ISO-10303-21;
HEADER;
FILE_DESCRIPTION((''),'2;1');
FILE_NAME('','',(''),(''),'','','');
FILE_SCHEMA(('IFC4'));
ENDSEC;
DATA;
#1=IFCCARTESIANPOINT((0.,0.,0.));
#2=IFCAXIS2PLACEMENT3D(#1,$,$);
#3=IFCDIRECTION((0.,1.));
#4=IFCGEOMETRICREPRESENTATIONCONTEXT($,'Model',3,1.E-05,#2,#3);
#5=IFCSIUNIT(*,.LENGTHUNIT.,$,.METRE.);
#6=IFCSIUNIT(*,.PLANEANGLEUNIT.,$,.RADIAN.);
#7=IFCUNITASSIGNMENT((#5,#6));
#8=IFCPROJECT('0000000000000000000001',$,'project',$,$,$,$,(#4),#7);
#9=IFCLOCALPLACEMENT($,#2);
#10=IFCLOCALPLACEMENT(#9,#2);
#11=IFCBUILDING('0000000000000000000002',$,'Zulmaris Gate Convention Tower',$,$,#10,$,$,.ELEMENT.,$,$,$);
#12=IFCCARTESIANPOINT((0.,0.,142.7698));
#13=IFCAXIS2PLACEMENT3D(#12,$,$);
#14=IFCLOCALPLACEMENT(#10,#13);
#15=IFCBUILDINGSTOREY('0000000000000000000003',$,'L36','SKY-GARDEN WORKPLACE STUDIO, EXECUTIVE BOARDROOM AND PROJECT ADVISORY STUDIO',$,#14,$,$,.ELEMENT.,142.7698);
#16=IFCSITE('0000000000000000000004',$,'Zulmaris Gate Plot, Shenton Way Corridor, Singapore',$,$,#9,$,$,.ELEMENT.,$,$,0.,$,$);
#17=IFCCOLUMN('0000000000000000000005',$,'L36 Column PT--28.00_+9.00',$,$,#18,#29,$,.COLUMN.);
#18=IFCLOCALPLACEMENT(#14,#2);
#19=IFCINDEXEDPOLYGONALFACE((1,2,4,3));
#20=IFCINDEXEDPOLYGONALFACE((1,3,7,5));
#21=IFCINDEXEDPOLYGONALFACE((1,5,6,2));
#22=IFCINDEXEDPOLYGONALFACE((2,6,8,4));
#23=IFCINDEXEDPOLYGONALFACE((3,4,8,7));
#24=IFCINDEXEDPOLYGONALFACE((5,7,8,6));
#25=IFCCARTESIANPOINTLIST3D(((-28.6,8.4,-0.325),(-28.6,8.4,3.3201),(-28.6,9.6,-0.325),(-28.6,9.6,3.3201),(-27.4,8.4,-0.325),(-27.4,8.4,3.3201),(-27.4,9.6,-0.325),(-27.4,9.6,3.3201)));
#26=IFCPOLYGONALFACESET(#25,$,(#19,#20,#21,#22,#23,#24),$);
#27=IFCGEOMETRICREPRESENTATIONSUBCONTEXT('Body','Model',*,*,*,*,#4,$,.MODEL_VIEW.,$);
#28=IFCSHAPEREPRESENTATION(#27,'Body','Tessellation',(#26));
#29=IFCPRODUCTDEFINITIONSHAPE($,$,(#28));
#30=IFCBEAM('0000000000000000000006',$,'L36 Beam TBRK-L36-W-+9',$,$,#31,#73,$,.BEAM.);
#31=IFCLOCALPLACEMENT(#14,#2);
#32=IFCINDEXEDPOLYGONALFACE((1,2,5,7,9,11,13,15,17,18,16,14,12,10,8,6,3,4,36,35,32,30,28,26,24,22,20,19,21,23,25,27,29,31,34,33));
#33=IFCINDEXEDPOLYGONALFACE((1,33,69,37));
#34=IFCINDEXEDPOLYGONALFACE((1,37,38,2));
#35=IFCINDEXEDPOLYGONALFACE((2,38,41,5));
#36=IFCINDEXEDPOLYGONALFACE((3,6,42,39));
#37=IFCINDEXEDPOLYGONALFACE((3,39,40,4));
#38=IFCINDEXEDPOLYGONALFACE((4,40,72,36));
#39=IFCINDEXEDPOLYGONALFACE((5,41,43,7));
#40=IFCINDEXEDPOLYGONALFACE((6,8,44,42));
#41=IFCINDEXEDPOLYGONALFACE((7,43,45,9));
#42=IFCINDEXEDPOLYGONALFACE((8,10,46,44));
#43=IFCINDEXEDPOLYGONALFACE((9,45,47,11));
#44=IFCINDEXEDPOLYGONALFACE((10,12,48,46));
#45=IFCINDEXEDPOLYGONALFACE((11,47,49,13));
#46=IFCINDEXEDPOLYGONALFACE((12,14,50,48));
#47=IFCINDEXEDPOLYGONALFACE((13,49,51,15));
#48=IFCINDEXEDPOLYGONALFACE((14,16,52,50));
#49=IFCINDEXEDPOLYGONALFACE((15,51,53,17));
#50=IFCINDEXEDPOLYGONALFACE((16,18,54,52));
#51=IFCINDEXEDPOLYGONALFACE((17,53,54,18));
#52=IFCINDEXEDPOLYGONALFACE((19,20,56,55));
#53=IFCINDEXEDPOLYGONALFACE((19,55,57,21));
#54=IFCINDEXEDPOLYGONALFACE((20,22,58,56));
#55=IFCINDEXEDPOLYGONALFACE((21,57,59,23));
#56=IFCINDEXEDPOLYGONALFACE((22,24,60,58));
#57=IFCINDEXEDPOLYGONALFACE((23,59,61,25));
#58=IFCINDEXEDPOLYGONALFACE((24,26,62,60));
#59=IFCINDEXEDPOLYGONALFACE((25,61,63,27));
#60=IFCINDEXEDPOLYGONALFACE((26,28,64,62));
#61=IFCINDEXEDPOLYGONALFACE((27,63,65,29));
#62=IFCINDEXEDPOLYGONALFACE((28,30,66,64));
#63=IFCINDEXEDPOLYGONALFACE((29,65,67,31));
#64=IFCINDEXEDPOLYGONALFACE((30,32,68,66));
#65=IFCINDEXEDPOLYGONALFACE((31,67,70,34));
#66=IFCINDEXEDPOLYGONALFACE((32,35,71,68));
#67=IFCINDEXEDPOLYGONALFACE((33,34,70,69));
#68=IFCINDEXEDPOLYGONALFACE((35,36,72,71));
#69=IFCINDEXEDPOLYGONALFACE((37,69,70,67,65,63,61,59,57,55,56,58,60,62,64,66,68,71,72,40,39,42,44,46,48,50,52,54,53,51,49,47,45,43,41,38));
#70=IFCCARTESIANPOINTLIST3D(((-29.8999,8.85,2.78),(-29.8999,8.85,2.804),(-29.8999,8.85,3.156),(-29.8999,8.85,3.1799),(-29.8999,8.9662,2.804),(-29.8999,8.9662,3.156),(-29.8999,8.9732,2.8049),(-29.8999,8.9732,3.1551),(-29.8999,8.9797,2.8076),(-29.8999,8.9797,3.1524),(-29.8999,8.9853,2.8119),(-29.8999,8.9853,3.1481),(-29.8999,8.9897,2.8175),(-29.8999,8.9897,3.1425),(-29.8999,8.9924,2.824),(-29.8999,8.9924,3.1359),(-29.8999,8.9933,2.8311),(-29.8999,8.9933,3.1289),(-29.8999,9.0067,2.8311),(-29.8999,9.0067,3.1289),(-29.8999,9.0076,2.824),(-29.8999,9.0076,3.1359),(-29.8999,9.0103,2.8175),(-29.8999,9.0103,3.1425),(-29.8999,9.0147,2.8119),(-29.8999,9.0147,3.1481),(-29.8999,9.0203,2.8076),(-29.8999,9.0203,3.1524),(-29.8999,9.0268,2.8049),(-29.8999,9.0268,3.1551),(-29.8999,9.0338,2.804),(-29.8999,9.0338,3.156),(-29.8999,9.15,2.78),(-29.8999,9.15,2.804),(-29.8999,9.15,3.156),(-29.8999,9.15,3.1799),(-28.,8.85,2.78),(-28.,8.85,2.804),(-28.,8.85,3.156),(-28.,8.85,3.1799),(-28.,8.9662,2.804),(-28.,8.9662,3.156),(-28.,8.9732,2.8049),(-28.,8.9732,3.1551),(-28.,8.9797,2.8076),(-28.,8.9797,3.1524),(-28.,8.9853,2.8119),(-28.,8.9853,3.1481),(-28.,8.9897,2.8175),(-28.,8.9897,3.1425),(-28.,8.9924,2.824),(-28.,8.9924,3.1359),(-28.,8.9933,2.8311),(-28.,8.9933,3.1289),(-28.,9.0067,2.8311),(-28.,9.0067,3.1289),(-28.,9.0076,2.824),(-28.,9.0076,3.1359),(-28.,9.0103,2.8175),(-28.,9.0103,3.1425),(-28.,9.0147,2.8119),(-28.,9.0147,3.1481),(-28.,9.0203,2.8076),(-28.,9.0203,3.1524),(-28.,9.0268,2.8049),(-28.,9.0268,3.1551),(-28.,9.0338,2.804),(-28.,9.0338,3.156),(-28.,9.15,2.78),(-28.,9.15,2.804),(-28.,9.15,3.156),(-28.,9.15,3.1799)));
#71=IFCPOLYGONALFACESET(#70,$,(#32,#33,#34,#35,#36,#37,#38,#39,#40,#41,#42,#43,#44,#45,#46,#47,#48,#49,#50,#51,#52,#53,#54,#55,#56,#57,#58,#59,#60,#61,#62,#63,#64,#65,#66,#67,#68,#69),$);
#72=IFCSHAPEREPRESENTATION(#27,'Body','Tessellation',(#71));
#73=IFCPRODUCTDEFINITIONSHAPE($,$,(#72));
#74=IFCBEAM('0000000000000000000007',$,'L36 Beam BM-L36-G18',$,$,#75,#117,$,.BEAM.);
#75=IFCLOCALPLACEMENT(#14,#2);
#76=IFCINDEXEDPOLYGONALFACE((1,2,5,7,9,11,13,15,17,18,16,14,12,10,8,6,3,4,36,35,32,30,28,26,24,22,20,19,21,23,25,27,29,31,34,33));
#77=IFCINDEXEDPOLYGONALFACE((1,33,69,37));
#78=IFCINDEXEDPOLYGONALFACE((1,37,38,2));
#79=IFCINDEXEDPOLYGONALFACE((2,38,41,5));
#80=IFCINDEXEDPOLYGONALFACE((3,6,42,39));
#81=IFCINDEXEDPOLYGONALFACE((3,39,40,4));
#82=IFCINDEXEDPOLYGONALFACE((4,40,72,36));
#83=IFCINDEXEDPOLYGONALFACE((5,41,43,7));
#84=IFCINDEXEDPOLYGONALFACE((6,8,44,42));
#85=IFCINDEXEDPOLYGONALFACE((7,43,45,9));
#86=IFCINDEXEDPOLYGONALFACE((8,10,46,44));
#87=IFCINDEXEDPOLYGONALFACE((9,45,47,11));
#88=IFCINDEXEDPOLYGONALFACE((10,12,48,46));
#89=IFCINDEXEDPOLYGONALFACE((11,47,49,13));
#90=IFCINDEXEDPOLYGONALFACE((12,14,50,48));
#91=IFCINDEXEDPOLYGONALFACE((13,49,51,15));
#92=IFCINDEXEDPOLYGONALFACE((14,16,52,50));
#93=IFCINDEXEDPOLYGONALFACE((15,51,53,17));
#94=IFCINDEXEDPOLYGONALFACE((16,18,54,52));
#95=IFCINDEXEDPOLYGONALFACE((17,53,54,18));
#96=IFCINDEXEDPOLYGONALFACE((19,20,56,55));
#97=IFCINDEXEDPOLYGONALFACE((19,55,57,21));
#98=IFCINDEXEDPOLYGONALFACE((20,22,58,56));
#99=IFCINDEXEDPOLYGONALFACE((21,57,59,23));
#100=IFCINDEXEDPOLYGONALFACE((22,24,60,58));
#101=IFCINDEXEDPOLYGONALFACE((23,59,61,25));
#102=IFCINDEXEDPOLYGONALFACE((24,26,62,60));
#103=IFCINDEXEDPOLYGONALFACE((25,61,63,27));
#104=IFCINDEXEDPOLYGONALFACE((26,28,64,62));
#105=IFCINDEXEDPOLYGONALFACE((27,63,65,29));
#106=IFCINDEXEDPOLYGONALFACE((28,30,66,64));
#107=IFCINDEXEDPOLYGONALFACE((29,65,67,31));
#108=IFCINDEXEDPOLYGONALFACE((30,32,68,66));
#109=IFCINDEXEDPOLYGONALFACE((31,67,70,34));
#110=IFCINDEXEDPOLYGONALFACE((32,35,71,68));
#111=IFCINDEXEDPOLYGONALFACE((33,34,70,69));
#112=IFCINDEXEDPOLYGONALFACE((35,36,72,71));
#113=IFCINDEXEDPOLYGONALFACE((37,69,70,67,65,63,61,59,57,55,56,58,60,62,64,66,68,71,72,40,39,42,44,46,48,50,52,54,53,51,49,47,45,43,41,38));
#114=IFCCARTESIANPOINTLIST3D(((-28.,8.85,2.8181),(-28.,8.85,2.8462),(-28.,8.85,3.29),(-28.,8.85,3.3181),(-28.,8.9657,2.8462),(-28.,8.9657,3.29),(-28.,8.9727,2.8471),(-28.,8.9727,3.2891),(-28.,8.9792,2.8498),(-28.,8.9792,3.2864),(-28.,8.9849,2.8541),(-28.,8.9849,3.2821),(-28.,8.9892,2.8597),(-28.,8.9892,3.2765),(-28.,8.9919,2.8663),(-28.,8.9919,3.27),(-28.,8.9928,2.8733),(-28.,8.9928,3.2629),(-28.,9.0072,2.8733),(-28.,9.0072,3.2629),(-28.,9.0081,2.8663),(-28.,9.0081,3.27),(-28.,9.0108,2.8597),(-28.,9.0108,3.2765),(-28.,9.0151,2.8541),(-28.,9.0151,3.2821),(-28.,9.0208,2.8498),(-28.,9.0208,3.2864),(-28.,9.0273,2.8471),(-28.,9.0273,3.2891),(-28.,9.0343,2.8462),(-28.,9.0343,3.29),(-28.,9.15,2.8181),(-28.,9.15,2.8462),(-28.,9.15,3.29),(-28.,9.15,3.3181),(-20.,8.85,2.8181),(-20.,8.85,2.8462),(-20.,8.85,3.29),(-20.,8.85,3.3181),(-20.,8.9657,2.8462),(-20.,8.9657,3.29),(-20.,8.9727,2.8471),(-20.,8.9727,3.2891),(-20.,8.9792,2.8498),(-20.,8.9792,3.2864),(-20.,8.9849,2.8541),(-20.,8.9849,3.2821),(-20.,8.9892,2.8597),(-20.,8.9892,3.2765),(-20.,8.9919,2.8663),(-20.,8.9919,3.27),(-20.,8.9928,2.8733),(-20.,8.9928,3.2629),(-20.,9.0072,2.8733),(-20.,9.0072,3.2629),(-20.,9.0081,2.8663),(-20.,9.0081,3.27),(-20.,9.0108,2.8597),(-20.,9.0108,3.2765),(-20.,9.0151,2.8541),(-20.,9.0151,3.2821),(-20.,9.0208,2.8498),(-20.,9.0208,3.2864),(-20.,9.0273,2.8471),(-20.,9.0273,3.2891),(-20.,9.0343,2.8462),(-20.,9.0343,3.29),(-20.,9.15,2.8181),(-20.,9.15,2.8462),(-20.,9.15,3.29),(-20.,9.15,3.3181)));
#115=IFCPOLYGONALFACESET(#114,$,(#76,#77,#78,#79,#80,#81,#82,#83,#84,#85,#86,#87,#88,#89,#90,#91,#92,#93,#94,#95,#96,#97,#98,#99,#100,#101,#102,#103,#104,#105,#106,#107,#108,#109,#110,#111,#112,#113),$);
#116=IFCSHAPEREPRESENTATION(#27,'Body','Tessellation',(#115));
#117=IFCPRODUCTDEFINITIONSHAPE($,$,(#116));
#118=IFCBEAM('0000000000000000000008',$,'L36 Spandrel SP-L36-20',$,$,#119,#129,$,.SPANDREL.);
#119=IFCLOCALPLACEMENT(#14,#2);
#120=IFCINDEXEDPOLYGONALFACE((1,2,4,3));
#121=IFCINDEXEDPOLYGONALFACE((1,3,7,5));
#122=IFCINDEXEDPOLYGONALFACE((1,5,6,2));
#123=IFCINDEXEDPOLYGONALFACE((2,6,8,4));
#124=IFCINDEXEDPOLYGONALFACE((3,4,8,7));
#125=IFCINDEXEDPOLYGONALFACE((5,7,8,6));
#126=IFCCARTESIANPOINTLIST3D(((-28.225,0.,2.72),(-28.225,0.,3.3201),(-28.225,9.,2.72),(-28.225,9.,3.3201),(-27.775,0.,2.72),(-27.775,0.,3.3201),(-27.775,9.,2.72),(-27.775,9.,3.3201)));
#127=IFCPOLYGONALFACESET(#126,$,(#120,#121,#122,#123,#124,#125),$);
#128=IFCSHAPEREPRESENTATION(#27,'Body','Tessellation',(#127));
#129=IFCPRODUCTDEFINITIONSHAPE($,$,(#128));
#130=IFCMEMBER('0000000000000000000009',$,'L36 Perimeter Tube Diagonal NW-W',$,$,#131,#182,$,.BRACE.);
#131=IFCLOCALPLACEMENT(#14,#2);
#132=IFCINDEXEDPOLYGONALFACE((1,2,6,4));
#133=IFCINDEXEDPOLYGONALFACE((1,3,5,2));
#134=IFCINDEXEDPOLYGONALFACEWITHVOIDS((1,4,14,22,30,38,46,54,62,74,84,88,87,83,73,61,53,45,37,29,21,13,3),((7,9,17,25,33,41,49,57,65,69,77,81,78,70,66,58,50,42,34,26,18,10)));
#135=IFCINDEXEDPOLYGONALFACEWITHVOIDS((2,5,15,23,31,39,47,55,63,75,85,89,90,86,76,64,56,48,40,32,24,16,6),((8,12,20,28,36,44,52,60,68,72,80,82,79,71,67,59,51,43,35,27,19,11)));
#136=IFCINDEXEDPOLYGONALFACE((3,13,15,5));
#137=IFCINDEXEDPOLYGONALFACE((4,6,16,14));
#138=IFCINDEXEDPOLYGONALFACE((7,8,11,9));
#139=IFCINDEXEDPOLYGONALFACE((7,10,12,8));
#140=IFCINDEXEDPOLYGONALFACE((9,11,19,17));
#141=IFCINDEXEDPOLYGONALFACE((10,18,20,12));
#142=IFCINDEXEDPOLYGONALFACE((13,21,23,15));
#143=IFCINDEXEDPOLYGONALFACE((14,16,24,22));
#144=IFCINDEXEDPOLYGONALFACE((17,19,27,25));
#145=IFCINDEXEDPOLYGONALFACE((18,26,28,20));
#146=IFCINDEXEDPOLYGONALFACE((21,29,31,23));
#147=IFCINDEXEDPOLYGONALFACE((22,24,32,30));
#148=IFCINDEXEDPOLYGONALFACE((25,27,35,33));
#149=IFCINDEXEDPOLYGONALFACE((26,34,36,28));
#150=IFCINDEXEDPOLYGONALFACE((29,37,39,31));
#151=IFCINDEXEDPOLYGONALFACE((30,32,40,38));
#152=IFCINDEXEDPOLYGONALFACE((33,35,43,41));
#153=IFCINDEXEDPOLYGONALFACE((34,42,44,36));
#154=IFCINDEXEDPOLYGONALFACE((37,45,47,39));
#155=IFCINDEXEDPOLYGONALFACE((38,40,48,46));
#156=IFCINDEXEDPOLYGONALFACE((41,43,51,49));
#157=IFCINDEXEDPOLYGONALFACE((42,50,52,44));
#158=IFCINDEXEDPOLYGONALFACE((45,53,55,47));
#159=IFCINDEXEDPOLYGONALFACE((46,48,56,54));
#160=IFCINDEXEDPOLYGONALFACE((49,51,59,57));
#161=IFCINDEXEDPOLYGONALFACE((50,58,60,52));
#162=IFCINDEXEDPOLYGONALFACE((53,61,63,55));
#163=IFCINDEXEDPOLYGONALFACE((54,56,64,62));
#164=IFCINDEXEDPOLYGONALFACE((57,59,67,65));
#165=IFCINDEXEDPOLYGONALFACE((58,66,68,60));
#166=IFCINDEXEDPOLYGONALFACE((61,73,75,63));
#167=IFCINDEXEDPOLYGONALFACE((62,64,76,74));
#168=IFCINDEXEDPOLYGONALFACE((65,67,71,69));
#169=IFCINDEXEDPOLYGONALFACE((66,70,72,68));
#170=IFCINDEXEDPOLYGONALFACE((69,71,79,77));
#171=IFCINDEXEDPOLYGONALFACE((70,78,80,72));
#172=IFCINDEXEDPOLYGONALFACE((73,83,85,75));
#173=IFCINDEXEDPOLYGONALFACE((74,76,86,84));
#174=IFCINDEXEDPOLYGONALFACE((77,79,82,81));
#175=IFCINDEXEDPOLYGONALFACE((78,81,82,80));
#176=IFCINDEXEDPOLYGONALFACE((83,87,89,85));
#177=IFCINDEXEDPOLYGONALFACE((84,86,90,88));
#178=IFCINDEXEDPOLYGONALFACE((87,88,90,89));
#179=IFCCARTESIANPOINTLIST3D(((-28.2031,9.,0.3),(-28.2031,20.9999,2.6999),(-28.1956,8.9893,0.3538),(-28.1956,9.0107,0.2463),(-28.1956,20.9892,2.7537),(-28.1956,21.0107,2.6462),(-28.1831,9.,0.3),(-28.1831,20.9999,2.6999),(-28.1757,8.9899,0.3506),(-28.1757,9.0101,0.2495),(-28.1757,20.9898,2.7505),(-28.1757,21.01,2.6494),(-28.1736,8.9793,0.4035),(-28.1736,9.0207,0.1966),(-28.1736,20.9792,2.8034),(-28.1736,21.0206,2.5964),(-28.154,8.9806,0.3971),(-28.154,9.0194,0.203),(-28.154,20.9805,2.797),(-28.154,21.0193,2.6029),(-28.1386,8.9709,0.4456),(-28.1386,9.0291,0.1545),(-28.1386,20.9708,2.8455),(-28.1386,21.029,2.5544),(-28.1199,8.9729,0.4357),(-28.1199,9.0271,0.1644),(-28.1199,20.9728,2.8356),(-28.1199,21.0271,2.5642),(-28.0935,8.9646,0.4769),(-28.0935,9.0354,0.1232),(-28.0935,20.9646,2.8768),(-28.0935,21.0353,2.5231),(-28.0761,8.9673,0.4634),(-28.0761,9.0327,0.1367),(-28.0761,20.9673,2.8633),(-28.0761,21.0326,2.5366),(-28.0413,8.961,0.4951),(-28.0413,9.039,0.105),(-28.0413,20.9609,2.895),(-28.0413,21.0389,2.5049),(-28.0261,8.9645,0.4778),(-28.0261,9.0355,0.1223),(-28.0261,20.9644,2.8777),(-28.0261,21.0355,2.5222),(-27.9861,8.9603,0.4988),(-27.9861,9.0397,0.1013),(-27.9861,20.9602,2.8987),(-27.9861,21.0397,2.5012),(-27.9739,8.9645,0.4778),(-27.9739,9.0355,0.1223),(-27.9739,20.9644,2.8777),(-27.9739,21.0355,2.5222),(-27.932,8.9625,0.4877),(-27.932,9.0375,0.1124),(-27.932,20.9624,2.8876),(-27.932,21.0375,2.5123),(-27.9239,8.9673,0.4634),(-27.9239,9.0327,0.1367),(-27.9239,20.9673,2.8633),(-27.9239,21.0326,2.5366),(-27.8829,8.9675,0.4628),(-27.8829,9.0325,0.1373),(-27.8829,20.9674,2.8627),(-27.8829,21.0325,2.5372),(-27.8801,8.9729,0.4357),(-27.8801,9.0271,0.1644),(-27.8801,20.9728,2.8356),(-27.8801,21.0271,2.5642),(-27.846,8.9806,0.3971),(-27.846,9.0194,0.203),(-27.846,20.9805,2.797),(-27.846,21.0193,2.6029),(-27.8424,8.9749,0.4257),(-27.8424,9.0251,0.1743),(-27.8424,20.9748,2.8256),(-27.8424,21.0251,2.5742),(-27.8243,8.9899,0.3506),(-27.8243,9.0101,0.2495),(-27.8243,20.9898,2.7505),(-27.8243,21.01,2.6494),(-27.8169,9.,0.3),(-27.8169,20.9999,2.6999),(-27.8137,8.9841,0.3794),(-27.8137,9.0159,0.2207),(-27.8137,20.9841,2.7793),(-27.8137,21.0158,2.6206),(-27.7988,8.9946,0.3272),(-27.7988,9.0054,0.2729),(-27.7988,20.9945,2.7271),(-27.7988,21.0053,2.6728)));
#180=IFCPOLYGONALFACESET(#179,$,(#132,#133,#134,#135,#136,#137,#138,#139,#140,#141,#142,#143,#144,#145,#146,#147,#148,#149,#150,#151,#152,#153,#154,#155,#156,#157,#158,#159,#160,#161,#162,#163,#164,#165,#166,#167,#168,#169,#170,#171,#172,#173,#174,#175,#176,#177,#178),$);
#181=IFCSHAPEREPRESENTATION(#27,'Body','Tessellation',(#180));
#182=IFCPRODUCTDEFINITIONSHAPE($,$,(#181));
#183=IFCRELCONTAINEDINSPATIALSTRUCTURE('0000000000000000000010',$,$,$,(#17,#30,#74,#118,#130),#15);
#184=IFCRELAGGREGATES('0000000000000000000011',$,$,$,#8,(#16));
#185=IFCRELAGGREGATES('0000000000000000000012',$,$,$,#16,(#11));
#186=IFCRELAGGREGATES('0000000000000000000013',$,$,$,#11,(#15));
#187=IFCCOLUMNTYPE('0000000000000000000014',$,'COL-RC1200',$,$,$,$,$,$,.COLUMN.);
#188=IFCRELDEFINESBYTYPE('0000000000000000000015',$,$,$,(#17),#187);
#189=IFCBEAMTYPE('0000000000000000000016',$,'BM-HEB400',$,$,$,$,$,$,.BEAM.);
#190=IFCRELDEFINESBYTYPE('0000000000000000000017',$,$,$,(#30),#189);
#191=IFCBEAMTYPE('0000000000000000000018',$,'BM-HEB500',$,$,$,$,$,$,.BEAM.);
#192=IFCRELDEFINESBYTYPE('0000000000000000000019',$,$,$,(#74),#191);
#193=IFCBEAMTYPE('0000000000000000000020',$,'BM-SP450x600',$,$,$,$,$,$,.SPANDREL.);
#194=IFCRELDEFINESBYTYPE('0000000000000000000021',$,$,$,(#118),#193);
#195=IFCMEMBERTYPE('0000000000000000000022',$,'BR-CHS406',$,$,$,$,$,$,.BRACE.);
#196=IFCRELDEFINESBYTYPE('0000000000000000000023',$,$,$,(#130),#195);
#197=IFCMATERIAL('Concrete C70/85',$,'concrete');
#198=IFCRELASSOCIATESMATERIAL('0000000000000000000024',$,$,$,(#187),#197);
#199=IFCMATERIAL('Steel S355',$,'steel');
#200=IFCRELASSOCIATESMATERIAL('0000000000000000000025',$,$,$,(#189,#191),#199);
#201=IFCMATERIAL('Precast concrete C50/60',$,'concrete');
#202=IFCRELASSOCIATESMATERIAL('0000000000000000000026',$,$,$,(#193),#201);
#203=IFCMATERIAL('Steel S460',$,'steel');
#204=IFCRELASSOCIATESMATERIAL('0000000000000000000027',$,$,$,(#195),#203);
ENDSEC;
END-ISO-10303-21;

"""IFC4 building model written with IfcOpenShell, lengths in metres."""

from ifc_helpers import new_model, si_unit, direction, frame, origin, origin_2d, place, context, subcontext, project, spatial, rectangle, hollow_circle, i_section, extrude, material, material_profile, profile_set, type_object, element, save


model = new_model("IFC4")

# Units and contexts
model_context = context("Model", 3, precision=1e-05, world=origin(), true_north=direction((0.0, 1.0)))
body_context = subcontext(model_context, "Body", "Model", "MODEL_VIEW")
ifc_project = project(units=[si_unit("LENGTHUNIT", "METRE"), si_unit("PLANEANGLEUNIT", "RADIAN")], contexts=[model_context])

# Site, building, storey
site_placement = place(None, origin())
site = spatial("IfcSite", under=ifc_project, at=site_placement, Name="Zulmaris Gate Plot, Shenton Way Corridor, Singapore", CompositionType="ELEMENT", RefElevation=0.0)
building_placement = place(site_placement, origin())
building = spatial("IfcBuilding", under=site, at=building_placement, Name="Zulmaris Gate Convention Tower", CompositionType="ELEMENT")
storey_placement = place(building_placement, frame((0.0, 0.0, 142.7698)))
storey = spatial("IfcBuildingStorey", under=building, at=storey_placement, Name="L36", Description="SKY-GARDEN WORKPLACE STUDIO, EXECUTIVE BOARDROOM AND PROJECT ADVISORY STUDIO", CompositionType="ELEMENT", Elevation=142.7698)

# Column
ifc_material_1 = material(Name="Concrete C70/85", Category="concrete")
ifc_material_profile_1 = material_profile(ifc_material_1, rectangle(XDim=1.2, YDim=1.2, at=origin_2d()), Name="RC COL 1200x1200")
ifc_profile_set_1 = profile_set([ifc_material_profile_1], Name="Concrete C70/85")
column_type = type_object("IfcColumnType", Name="COL-RC1200", PredefinedType="COLUMN", material=ifc_profile_set_1)
column_placement = place(storey_placement, frame((-28.0, 9.0, -0.325), z_axis=(0.0, 0.0, 1.0), x_axis=(1.0, 0.0, 0.0)))
element("IfcColumn", 1, at=column_placement, inside=storey, type_object=column_type, Name="L36 Column PT--28.00_+9.00", PredefinedType="COLUMN", context=body_context, shape_type="SweptSolid", body=[
    extrude(rectangle(XDim=1.2, YDim=1.2, at=origin_2d()), origin(), (0.0, 0.0, 1.0), 3.645),
])

# Beams
ifc_material_2 = material(Name="Steel S355", Category="steel")
ifc_material_profile_2 = material_profile(ifc_material_2, i_section(OverallWidth=0.3, OverallDepth=0.3999, WebThickness=0.0134, FlangeThickness=0.0239, FilletRadius=0.0271, at=origin_2d()), Name="HEB 400")
ifc_profile_set_2 = profile_set([ifc_material_profile_2], Name="Steel S355")
beam_type_1 = type_object("IfcBeamType", Name="BM-HEB400", PredefinedType="BEAM", material=ifc_profile_set_2)
beam_1_placement = place(storey_placement, frame((-29.8999, 9.0, 2.98), z_axis=(1.0, 0.0, 0.0), x_axis=(0.0, 1.0, 0.0)))
element("IfcBeam", 2, at=beam_1_placement, inside=storey, type_object=beam_type_1, Name="L36 Beam TBRK-L36-W-+9", PredefinedType="BEAM", context=body_context, shape_type="SweptSolid", body=[
    extrude(i_section(OverallWidth=0.3, OverallDepth=0.3999, WebThickness=0.0134, FlangeThickness=0.0239, FilletRadius=0.0271, at=origin_2d()), origin(), (0.0, 0.0, 1.0), 1.8999),
])
ifc_material_profile_3 = material_profile(ifc_material_2, i_section(OverallWidth=0.3, OverallDepth=0.5, WebThickness=0.0144, FlangeThickness=0.0281, FilletRadius=0.0271, at=origin_2d()), Name="HEB 500")
ifc_profile_set_3 = profile_set([ifc_material_profile_3], Name="Steel S355")
beam_type_2 = type_object("IfcBeamType", Name="BM-HEB500", PredefinedType="BEAM", material=ifc_profile_set_3)
beam_2_placement = place(storey_placement, frame((-28.0, 9.0, 3.0681), z_axis=(1.0, 0.0, 0.0), x_axis=(0.0, 1.0, 0.0)))
element("IfcBeam", 3, at=beam_2_placement, inside=storey, type_object=beam_type_2, Name="L36 Beam BM-L36-G18", PredefinedType="BEAM", context=body_context, shape_type="SweptSolid", body=[
    extrude(i_section(OverallWidth=0.3, OverallDepth=0.5, WebThickness=0.0144, FlangeThickness=0.0281, FilletRadius=0.0271, at=origin_2d()), origin(), (0.0, 0.0, 1.0), 8.0),
])
ifc_material_3 = material(Name="Precast concrete C50/60", Category="concrete")
ifc_material_profile_4 = material_profile(ifc_material_3, rectangle(XDim=0.45, YDim=0.6001, at=origin_2d()), Name="RC SPANDREL 450x600")
ifc_profile_set_4 = profile_set([ifc_material_profile_4], Name="Precast concrete C50/60")
beam_type_3 = type_object("IfcBeamType", Name="BM-SP450x600", PredefinedType="SPANDREL", material=ifc_profile_set_4)
beam_3_placement = place(storey_placement, frame((-28.0, 9.0, 3.02), z_axis=(0.0, -1.0, 0.0), x_axis=(1.0, 0.0, 0.0)))
element("IfcBeam", 4, at=beam_3_placement, inside=storey, type_object=beam_type_3, Name="L36 Spandrel SP-L36-20", PredefinedType="SPANDREL", context=body_context, shape_type="SweptSolid", body=[
    extrude(rectangle(XDim=0.45, YDim=0.6001, at=origin_2d()), origin(), (0.0, 0.0, 1.0), 9.0),
])

# Member
ifc_material_4 = material(Name="Steel S460", Category="steel")
ifc_material_profile_5 = material_profile(ifc_material_4, hollow_circle(Radius=0.2031, WallThickness=0.02, at=origin_2d()), Name="CHS 406.4x20")
ifc_profile_set_5 = profile_set([ifc_material_profile_5], Name="Steel S460")
member_type = type_object("IfcMemberType", Name="BR-CHS406", PredefinedType="BRACE", material=ifc_profile_set_5)
member_placement = place(storey_placement, frame((-28.0, 9.0, 0.3), z_axis=(0.0, 0.980582, 0.196108), x_axis=(-1.0, 0.0, 0.0)))
element("IfcMember", 5, at=member_placement, inside=storey, type_object=member_type, Name="L36 Perimeter Tube Diagonal NW-W", PredefinedType="BRACE", context=body_context, shape_type="SweptSolid", body=[
    extrude(hollow_circle(Radius=0.2031, WallThickness=0.02, at=origin_2d()), origin(), (0.0, 0.0, 1.0), 12.2375),
])

save(model, "model.ifc")
